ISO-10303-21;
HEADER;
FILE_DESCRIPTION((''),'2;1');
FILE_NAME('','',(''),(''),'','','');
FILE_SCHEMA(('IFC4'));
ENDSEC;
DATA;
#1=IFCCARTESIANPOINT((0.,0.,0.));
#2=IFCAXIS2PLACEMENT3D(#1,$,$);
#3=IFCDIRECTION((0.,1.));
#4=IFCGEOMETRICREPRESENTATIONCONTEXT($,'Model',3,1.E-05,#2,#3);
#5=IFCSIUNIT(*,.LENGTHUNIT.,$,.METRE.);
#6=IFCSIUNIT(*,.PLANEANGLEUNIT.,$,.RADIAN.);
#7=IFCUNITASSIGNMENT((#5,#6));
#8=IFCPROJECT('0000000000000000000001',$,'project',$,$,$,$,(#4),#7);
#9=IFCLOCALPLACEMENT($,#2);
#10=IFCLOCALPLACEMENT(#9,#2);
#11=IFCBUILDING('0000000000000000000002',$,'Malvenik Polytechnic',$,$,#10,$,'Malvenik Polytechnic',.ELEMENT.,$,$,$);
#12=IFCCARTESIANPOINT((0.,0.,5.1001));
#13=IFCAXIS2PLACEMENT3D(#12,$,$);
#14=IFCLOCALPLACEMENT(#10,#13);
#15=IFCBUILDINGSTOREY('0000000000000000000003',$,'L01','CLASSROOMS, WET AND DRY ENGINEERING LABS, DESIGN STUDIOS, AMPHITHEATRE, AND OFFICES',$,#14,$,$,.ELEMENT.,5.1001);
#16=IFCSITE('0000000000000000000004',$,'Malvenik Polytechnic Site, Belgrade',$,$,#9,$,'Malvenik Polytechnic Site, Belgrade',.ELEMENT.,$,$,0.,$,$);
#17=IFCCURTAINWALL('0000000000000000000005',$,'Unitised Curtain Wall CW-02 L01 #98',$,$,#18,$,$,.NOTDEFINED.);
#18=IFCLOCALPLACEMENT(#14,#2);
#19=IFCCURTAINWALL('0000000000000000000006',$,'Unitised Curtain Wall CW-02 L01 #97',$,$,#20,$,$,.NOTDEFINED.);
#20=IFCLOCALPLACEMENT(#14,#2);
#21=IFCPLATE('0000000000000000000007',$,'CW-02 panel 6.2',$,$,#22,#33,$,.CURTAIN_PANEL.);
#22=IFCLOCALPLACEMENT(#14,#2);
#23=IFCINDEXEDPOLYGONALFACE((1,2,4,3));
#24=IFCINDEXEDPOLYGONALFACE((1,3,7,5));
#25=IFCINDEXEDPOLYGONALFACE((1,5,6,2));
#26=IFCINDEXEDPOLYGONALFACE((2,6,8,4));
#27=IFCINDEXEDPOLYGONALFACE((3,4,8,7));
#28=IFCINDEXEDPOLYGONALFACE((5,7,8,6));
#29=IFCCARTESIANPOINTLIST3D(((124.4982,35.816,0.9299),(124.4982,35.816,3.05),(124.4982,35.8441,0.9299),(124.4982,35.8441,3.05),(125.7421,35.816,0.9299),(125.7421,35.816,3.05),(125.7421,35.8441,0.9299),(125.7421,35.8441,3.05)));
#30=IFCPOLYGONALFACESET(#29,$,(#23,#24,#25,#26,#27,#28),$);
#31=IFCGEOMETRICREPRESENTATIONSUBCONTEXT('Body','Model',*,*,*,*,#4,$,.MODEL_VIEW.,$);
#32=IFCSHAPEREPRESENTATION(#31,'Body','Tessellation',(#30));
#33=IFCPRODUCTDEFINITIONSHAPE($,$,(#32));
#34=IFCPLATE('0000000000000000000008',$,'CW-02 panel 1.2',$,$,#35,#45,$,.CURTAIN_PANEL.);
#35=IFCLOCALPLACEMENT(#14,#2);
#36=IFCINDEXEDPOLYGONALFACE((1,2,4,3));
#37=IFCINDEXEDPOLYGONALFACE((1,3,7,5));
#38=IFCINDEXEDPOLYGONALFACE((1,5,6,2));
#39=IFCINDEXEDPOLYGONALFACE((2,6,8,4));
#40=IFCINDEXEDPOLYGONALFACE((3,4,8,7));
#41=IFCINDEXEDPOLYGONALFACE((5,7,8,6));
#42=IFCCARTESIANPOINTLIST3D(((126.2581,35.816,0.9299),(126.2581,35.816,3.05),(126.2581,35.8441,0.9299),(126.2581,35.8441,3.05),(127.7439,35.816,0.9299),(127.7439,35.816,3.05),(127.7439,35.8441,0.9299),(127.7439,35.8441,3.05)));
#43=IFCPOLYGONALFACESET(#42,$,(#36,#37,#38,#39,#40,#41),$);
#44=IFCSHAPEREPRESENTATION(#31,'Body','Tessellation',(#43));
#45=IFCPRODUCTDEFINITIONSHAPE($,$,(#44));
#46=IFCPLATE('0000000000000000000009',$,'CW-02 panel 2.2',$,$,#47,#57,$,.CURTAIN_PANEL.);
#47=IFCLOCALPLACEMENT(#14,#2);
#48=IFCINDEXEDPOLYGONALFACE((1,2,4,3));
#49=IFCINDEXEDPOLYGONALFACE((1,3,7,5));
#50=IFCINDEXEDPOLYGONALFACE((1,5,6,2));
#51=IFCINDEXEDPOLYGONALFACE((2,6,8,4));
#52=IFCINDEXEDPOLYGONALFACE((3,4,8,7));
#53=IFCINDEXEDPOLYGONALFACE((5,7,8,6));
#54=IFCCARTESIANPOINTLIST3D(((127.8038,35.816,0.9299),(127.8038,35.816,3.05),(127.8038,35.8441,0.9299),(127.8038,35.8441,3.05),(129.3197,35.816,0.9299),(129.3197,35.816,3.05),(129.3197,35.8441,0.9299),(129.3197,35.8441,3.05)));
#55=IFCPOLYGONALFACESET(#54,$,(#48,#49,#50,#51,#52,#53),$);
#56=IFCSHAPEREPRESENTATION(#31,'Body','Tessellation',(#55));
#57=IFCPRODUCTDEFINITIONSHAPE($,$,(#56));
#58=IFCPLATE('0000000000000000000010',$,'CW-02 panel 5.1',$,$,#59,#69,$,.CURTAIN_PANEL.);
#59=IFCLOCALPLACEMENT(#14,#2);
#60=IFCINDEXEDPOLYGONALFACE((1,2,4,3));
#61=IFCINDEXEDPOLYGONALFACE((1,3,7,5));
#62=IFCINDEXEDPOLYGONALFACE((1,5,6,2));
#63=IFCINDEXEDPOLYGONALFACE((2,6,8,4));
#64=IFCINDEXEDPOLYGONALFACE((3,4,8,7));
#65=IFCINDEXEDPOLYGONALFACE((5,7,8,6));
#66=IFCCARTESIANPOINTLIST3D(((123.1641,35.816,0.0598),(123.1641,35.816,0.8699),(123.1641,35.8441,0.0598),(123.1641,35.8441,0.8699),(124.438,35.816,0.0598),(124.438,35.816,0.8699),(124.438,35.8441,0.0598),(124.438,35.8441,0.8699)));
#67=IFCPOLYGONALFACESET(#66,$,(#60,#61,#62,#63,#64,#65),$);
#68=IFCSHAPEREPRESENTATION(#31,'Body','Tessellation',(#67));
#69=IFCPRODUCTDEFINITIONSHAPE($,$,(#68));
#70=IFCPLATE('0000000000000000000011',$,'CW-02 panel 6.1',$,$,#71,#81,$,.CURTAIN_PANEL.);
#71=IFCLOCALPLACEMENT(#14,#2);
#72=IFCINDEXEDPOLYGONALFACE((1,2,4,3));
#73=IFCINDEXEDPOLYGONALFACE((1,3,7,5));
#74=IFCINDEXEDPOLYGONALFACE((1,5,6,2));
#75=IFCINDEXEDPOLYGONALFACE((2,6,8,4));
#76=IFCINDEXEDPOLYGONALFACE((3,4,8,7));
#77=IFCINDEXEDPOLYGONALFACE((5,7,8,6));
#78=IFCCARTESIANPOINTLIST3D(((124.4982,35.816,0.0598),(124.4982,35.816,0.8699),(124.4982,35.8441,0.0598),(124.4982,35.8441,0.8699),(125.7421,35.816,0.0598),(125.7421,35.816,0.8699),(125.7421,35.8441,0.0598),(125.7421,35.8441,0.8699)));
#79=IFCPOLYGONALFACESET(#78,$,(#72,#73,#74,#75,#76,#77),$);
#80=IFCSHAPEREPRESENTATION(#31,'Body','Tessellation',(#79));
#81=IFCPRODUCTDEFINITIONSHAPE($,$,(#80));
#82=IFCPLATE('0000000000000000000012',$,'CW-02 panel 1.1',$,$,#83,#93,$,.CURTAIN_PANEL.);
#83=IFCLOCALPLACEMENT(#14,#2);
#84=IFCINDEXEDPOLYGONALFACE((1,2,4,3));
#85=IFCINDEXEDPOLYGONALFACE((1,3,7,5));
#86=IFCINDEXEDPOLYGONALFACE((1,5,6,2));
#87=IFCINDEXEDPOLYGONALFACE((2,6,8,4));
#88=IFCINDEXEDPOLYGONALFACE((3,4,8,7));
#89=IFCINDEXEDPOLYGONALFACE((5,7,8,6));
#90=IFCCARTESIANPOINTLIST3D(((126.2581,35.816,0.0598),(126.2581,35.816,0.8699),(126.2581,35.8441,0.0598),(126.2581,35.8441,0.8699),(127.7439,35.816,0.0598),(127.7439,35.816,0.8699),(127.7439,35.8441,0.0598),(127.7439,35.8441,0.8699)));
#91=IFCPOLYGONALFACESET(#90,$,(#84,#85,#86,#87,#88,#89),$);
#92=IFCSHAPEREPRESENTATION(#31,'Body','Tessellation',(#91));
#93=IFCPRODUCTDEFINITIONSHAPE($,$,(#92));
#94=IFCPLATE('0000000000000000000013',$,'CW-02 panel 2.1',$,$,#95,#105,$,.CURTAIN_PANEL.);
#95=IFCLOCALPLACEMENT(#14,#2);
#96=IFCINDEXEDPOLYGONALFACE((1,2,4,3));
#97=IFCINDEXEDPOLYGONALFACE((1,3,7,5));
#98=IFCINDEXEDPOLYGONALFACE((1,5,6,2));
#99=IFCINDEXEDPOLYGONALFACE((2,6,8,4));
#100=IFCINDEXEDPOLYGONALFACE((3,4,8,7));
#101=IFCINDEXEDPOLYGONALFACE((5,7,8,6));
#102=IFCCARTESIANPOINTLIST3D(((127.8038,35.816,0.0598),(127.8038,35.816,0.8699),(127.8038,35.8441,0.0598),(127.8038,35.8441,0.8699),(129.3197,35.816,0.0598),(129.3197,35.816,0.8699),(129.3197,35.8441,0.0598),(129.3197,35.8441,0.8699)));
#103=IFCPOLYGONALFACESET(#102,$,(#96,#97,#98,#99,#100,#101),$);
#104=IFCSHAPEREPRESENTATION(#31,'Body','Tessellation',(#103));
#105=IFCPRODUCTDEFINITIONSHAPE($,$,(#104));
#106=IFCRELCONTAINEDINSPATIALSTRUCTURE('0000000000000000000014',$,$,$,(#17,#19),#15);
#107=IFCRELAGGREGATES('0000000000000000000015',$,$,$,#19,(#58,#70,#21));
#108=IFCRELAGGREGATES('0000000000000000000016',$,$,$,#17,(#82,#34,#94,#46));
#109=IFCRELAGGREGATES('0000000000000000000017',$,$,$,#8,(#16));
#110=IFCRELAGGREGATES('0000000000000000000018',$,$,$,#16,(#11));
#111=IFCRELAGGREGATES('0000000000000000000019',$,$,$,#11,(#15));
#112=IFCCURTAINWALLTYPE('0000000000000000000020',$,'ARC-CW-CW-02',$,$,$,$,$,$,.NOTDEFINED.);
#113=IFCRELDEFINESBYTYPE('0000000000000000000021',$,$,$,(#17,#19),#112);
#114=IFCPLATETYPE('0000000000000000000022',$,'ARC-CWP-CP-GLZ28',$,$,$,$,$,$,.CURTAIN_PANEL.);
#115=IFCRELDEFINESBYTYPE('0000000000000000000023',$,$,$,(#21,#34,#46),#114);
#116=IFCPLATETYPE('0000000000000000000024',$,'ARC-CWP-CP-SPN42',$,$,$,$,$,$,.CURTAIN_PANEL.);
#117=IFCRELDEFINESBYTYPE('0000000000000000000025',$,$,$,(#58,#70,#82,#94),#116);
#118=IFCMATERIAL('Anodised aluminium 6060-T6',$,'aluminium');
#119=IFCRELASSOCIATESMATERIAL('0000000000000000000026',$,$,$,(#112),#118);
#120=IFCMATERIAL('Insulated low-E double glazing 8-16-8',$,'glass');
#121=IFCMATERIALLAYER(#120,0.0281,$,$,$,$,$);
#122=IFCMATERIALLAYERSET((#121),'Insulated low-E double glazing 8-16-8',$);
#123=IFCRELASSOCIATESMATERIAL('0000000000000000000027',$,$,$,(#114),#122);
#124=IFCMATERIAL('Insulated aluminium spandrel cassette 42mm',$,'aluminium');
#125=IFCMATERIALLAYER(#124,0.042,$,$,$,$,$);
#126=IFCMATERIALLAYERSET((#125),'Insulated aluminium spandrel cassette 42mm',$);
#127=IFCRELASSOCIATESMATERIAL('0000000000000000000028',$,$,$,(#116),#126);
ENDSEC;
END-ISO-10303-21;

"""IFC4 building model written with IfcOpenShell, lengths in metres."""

from ifc_helpers import new_model, si_unit, direction, frame, origin, origin_2d, place, context, subcontext, project, spatial, rectangle, extrude, material, layer, layer_set, type_object, element, aggregate, save


model = new_model("IFC4")

# Units and contexts
model_context = context("Model", 3, precision=1e-05, world=origin(), true_north=direction((0.0, 1.0)))
body_context = subcontext(model_context, "Body", "Model", "MODEL_VIEW")
ifc_project = project(units=[si_unit("LENGTHUNIT", "METRE"), si_unit("PLANEANGLEUNIT", "RADIAN")], contexts=[model_context])

# Site, building, storey
site_placement = place(None, origin())
site = spatial("IfcSite", under=ifc_project, at=site_placement, Name="Malvenik Polytechnic Site, Belgrade", LongName="Malvenik Polytechnic Site, Belgrade", CompositionType="ELEMENT", RefElevation=0.0)
building_placement = place(site_placement, origin())
building = spatial("IfcBuilding", under=site, at=building_placement, Name="Malvenik Polytechnic", LongName="Malvenik Polytechnic", CompositionType="ELEMENT")
storey_placement = place(building_placement, frame((0.0, 0.0, 5.1001)))
storey = spatial("IfcBuildingStorey", under=building, at=storey_placement, Name="L01", Description="CLASSROOMS, WET AND DRY ENGINEERING LABS, DESIGN STUDIOS, AMPHITHEATRE, AND OFFICES", CompositionType="ELEMENT", Elevation=5.1001)

# Curtain walls
ifc_material_1 = material(Name="Anodised aluminium 6060-T6", Category="aluminium")
curtain_wall_type = type_object("IfcCurtainWallType", Name="ARC-CW-CW-02", PredefinedType="NOTDEFINED", material=ifc_material_1)
curtain_wall_1_placement = place(storey_placement, origin())
curtain_wall_1 = element("IfcCurtainWall", 1, at=curtain_wall_1_placement, inside=storey, type_object=curtain_wall_type, Name="Unitised Curtain Wall CW-02 L01 #98", PredefinedType="NOTDEFINED")
curtain_wall_2_placement = place(storey_placement, origin())
curtain_wall_2 = element("IfcCurtainWall", 2, at=curtain_wall_2_placement, inside=storey, type_object=curtain_wall_type, Name="Unitised Curtain Wall CW-02 L01 #97", PredefinedType="NOTDEFINED")

# Plates
ifc_material_2 = material(Name="Insulated low-E double glazing 8-16-8", Category="glass")
ifc_layer_1 = layer(ifc_material_2, 0.0281)
ifc_layer_set_1 = layer_set([ifc_layer_1], Name="Insulated low-E double glazing 8-16-8")
plate_type_1 = type_object("IfcPlateType", Name="ARC-CWP-CP-GLZ28", PredefinedType="CURTAIN_PANEL", material=ifc_layer_set_1)
plate_1_placement = place(storey_placement, frame((125.1201, 35.8301, 0.9299), z_axis=(0.0, 0.0, 1.0), x_axis=(1.0, 0.0, 0.0)))
plate_1 = element("IfcPlate", 3, at=plate_1_placement, type_object=plate_type_1, Name="CW-02 panel 6.2", PredefinedType="CURTAIN_PANEL", context=body_context, shape_type="SweptSolid", body=[
    extrude(rectangle(XDim=1.2439, YDim=0.0281, at=origin_2d()), origin(), (0.0, 0.0, 1.0), 2.1201),
])
plate_2_placement = place(storey_placement, frame((127.001, 35.8301, 0.9299), z_axis=(0.0, 0.0, 1.0), x_axis=(1.0, 0.0, 0.0)))
plate_2 = element("IfcPlate", 4, at=plate_2_placement, type_object=plate_type_1, Name="CW-02 panel 1.2", PredefinedType="CURTAIN_PANEL", context=body_context, shape_type="SweptSolid", body=[
    extrude(rectangle(XDim=1.4858, YDim=0.0281, at=origin_2d()), origin(), (0.0, 0.0, 1.0), 2.1201),
])
plate_3_placement = place(storey_placement, frame((128.5618, 35.8301, 0.9299), z_axis=(0.0, 0.0, 1.0), x_axis=(1.0, 0.0, 0.0)))
plate_3 = element("IfcPlate", 5, at=plate_3_placement, type_object=plate_type_1, Name="CW-02 panel 2.2", PredefinedType="CURTAIN_PANEL", context=body_context, shape_type="SweptSolid", body=[
    extrude(rectangle(XDim=1.5159, YDim=0.0281, at=origin_2d()), origin(), (0.0, 0.0, 1.0), 2.1201),
])
ifc_material_3 = material(Name="Insulated aluminium spandrel cassette 42mm", Category="aluminium")
ifc_layer_2 = layer(ifc_material_3, 0.042)
ifc_layer_set_2 = layer_set([ifc_layer_2], Name="Insulated aluminium spandrel cassette 42mm")
plate_type_2 = type_object("IfcPlateType", Name="ARC-CWP-CP-SPN42", PredefinedType="CURTAIN_PANEL", material=ifc_layer_set_2)
plate_4_placement = place(storey_placement, frame((123.801, 35.8301, 0.0598), z_axis=(0.0, 0.0, 1.0), x_axis=(1.0, 0.0, 0.0)))
plate_4 = element("IfcPlate", 6, at=plate_4_placement, type_object=plate_type_2, Name="CW-02 panel 5.1", PredefinedType="CURTAIN_PANEL", context=body_context, shape_type="SweptSolid", body=[
    extrude(rectangle(XDim=1.2739, YDim=0.0281, at=origin_2d()), origin(), (0.0, 0.0, 1.0), 0.8101),
])
plate_5_placement = place(storey_placement, frame((125.1201, 35.8301, 0.0598), z_axis=(0.0, 0.0, 1.0), x_axis=(1.0, 0.0, 0.0)))
plate_5 = element("IfcPlate", 7, at=plate_5_placement, type_object=plate_type_2, Name="CW-02 panel 6.1", PredefinedType="CURTAIN_PANEL", context=body_context, shape_type="SweptSolid", body=[
    extrude(rectangle(XDim=1.2439, YDim=0.0281, at=origin_2d()), origin(), (0.0, 0.0, 1.0), 0.8101),
])
aggregate(curtain_wall_2, [plate_4, plate_5, plate_1])
plate_6_placement = place(storey_placement, frame((127.001, 35.8301, 0.0598), z_axis=(0.0, 0.0, 1.0), x_axis=(1.0, 0.0, 0.0)))
plate_6 = element("IfcPlate", 8, at=plate_6_placement, type_object=plate_type_2, Name="CW-02 panel 1.1", PredefinedType="CURTAIN_PANEL", context=body_context, shape_type="SweptSolid", body=[
    extrude(rectangle(XDim=1.4858, YDim=0.0281, at=origin_2d()), origin(), (0.0, 0.0, 1.0), 0.8101),
])
plate_7_placement = place(storey_placement, frame((128.5618, 35.8301, 0.0598), z_axis=(0.0, 0.0, 1.0), x_axis=(1.0, 0.0, 0.0)))
plate_7 = element("IfcPlate", 9, at=plate_7_placement, type_object=plate_type_2, Name="CW-02 panel 2.1", PredefinedType="CURTAIN_PANEL", context=body_context, shape_type="SweptSolid", body=[
    extrude(rectangle(XDim=1.5159, YDim=0.0281, at=origin_2d()), origin(), (0.0, 0.0, 1.0), 0.8101),
])
aggregate(curtain_wall_1, [plate_6, plate_2, plate_7, plate_3])

save(model, "model.ifc")
